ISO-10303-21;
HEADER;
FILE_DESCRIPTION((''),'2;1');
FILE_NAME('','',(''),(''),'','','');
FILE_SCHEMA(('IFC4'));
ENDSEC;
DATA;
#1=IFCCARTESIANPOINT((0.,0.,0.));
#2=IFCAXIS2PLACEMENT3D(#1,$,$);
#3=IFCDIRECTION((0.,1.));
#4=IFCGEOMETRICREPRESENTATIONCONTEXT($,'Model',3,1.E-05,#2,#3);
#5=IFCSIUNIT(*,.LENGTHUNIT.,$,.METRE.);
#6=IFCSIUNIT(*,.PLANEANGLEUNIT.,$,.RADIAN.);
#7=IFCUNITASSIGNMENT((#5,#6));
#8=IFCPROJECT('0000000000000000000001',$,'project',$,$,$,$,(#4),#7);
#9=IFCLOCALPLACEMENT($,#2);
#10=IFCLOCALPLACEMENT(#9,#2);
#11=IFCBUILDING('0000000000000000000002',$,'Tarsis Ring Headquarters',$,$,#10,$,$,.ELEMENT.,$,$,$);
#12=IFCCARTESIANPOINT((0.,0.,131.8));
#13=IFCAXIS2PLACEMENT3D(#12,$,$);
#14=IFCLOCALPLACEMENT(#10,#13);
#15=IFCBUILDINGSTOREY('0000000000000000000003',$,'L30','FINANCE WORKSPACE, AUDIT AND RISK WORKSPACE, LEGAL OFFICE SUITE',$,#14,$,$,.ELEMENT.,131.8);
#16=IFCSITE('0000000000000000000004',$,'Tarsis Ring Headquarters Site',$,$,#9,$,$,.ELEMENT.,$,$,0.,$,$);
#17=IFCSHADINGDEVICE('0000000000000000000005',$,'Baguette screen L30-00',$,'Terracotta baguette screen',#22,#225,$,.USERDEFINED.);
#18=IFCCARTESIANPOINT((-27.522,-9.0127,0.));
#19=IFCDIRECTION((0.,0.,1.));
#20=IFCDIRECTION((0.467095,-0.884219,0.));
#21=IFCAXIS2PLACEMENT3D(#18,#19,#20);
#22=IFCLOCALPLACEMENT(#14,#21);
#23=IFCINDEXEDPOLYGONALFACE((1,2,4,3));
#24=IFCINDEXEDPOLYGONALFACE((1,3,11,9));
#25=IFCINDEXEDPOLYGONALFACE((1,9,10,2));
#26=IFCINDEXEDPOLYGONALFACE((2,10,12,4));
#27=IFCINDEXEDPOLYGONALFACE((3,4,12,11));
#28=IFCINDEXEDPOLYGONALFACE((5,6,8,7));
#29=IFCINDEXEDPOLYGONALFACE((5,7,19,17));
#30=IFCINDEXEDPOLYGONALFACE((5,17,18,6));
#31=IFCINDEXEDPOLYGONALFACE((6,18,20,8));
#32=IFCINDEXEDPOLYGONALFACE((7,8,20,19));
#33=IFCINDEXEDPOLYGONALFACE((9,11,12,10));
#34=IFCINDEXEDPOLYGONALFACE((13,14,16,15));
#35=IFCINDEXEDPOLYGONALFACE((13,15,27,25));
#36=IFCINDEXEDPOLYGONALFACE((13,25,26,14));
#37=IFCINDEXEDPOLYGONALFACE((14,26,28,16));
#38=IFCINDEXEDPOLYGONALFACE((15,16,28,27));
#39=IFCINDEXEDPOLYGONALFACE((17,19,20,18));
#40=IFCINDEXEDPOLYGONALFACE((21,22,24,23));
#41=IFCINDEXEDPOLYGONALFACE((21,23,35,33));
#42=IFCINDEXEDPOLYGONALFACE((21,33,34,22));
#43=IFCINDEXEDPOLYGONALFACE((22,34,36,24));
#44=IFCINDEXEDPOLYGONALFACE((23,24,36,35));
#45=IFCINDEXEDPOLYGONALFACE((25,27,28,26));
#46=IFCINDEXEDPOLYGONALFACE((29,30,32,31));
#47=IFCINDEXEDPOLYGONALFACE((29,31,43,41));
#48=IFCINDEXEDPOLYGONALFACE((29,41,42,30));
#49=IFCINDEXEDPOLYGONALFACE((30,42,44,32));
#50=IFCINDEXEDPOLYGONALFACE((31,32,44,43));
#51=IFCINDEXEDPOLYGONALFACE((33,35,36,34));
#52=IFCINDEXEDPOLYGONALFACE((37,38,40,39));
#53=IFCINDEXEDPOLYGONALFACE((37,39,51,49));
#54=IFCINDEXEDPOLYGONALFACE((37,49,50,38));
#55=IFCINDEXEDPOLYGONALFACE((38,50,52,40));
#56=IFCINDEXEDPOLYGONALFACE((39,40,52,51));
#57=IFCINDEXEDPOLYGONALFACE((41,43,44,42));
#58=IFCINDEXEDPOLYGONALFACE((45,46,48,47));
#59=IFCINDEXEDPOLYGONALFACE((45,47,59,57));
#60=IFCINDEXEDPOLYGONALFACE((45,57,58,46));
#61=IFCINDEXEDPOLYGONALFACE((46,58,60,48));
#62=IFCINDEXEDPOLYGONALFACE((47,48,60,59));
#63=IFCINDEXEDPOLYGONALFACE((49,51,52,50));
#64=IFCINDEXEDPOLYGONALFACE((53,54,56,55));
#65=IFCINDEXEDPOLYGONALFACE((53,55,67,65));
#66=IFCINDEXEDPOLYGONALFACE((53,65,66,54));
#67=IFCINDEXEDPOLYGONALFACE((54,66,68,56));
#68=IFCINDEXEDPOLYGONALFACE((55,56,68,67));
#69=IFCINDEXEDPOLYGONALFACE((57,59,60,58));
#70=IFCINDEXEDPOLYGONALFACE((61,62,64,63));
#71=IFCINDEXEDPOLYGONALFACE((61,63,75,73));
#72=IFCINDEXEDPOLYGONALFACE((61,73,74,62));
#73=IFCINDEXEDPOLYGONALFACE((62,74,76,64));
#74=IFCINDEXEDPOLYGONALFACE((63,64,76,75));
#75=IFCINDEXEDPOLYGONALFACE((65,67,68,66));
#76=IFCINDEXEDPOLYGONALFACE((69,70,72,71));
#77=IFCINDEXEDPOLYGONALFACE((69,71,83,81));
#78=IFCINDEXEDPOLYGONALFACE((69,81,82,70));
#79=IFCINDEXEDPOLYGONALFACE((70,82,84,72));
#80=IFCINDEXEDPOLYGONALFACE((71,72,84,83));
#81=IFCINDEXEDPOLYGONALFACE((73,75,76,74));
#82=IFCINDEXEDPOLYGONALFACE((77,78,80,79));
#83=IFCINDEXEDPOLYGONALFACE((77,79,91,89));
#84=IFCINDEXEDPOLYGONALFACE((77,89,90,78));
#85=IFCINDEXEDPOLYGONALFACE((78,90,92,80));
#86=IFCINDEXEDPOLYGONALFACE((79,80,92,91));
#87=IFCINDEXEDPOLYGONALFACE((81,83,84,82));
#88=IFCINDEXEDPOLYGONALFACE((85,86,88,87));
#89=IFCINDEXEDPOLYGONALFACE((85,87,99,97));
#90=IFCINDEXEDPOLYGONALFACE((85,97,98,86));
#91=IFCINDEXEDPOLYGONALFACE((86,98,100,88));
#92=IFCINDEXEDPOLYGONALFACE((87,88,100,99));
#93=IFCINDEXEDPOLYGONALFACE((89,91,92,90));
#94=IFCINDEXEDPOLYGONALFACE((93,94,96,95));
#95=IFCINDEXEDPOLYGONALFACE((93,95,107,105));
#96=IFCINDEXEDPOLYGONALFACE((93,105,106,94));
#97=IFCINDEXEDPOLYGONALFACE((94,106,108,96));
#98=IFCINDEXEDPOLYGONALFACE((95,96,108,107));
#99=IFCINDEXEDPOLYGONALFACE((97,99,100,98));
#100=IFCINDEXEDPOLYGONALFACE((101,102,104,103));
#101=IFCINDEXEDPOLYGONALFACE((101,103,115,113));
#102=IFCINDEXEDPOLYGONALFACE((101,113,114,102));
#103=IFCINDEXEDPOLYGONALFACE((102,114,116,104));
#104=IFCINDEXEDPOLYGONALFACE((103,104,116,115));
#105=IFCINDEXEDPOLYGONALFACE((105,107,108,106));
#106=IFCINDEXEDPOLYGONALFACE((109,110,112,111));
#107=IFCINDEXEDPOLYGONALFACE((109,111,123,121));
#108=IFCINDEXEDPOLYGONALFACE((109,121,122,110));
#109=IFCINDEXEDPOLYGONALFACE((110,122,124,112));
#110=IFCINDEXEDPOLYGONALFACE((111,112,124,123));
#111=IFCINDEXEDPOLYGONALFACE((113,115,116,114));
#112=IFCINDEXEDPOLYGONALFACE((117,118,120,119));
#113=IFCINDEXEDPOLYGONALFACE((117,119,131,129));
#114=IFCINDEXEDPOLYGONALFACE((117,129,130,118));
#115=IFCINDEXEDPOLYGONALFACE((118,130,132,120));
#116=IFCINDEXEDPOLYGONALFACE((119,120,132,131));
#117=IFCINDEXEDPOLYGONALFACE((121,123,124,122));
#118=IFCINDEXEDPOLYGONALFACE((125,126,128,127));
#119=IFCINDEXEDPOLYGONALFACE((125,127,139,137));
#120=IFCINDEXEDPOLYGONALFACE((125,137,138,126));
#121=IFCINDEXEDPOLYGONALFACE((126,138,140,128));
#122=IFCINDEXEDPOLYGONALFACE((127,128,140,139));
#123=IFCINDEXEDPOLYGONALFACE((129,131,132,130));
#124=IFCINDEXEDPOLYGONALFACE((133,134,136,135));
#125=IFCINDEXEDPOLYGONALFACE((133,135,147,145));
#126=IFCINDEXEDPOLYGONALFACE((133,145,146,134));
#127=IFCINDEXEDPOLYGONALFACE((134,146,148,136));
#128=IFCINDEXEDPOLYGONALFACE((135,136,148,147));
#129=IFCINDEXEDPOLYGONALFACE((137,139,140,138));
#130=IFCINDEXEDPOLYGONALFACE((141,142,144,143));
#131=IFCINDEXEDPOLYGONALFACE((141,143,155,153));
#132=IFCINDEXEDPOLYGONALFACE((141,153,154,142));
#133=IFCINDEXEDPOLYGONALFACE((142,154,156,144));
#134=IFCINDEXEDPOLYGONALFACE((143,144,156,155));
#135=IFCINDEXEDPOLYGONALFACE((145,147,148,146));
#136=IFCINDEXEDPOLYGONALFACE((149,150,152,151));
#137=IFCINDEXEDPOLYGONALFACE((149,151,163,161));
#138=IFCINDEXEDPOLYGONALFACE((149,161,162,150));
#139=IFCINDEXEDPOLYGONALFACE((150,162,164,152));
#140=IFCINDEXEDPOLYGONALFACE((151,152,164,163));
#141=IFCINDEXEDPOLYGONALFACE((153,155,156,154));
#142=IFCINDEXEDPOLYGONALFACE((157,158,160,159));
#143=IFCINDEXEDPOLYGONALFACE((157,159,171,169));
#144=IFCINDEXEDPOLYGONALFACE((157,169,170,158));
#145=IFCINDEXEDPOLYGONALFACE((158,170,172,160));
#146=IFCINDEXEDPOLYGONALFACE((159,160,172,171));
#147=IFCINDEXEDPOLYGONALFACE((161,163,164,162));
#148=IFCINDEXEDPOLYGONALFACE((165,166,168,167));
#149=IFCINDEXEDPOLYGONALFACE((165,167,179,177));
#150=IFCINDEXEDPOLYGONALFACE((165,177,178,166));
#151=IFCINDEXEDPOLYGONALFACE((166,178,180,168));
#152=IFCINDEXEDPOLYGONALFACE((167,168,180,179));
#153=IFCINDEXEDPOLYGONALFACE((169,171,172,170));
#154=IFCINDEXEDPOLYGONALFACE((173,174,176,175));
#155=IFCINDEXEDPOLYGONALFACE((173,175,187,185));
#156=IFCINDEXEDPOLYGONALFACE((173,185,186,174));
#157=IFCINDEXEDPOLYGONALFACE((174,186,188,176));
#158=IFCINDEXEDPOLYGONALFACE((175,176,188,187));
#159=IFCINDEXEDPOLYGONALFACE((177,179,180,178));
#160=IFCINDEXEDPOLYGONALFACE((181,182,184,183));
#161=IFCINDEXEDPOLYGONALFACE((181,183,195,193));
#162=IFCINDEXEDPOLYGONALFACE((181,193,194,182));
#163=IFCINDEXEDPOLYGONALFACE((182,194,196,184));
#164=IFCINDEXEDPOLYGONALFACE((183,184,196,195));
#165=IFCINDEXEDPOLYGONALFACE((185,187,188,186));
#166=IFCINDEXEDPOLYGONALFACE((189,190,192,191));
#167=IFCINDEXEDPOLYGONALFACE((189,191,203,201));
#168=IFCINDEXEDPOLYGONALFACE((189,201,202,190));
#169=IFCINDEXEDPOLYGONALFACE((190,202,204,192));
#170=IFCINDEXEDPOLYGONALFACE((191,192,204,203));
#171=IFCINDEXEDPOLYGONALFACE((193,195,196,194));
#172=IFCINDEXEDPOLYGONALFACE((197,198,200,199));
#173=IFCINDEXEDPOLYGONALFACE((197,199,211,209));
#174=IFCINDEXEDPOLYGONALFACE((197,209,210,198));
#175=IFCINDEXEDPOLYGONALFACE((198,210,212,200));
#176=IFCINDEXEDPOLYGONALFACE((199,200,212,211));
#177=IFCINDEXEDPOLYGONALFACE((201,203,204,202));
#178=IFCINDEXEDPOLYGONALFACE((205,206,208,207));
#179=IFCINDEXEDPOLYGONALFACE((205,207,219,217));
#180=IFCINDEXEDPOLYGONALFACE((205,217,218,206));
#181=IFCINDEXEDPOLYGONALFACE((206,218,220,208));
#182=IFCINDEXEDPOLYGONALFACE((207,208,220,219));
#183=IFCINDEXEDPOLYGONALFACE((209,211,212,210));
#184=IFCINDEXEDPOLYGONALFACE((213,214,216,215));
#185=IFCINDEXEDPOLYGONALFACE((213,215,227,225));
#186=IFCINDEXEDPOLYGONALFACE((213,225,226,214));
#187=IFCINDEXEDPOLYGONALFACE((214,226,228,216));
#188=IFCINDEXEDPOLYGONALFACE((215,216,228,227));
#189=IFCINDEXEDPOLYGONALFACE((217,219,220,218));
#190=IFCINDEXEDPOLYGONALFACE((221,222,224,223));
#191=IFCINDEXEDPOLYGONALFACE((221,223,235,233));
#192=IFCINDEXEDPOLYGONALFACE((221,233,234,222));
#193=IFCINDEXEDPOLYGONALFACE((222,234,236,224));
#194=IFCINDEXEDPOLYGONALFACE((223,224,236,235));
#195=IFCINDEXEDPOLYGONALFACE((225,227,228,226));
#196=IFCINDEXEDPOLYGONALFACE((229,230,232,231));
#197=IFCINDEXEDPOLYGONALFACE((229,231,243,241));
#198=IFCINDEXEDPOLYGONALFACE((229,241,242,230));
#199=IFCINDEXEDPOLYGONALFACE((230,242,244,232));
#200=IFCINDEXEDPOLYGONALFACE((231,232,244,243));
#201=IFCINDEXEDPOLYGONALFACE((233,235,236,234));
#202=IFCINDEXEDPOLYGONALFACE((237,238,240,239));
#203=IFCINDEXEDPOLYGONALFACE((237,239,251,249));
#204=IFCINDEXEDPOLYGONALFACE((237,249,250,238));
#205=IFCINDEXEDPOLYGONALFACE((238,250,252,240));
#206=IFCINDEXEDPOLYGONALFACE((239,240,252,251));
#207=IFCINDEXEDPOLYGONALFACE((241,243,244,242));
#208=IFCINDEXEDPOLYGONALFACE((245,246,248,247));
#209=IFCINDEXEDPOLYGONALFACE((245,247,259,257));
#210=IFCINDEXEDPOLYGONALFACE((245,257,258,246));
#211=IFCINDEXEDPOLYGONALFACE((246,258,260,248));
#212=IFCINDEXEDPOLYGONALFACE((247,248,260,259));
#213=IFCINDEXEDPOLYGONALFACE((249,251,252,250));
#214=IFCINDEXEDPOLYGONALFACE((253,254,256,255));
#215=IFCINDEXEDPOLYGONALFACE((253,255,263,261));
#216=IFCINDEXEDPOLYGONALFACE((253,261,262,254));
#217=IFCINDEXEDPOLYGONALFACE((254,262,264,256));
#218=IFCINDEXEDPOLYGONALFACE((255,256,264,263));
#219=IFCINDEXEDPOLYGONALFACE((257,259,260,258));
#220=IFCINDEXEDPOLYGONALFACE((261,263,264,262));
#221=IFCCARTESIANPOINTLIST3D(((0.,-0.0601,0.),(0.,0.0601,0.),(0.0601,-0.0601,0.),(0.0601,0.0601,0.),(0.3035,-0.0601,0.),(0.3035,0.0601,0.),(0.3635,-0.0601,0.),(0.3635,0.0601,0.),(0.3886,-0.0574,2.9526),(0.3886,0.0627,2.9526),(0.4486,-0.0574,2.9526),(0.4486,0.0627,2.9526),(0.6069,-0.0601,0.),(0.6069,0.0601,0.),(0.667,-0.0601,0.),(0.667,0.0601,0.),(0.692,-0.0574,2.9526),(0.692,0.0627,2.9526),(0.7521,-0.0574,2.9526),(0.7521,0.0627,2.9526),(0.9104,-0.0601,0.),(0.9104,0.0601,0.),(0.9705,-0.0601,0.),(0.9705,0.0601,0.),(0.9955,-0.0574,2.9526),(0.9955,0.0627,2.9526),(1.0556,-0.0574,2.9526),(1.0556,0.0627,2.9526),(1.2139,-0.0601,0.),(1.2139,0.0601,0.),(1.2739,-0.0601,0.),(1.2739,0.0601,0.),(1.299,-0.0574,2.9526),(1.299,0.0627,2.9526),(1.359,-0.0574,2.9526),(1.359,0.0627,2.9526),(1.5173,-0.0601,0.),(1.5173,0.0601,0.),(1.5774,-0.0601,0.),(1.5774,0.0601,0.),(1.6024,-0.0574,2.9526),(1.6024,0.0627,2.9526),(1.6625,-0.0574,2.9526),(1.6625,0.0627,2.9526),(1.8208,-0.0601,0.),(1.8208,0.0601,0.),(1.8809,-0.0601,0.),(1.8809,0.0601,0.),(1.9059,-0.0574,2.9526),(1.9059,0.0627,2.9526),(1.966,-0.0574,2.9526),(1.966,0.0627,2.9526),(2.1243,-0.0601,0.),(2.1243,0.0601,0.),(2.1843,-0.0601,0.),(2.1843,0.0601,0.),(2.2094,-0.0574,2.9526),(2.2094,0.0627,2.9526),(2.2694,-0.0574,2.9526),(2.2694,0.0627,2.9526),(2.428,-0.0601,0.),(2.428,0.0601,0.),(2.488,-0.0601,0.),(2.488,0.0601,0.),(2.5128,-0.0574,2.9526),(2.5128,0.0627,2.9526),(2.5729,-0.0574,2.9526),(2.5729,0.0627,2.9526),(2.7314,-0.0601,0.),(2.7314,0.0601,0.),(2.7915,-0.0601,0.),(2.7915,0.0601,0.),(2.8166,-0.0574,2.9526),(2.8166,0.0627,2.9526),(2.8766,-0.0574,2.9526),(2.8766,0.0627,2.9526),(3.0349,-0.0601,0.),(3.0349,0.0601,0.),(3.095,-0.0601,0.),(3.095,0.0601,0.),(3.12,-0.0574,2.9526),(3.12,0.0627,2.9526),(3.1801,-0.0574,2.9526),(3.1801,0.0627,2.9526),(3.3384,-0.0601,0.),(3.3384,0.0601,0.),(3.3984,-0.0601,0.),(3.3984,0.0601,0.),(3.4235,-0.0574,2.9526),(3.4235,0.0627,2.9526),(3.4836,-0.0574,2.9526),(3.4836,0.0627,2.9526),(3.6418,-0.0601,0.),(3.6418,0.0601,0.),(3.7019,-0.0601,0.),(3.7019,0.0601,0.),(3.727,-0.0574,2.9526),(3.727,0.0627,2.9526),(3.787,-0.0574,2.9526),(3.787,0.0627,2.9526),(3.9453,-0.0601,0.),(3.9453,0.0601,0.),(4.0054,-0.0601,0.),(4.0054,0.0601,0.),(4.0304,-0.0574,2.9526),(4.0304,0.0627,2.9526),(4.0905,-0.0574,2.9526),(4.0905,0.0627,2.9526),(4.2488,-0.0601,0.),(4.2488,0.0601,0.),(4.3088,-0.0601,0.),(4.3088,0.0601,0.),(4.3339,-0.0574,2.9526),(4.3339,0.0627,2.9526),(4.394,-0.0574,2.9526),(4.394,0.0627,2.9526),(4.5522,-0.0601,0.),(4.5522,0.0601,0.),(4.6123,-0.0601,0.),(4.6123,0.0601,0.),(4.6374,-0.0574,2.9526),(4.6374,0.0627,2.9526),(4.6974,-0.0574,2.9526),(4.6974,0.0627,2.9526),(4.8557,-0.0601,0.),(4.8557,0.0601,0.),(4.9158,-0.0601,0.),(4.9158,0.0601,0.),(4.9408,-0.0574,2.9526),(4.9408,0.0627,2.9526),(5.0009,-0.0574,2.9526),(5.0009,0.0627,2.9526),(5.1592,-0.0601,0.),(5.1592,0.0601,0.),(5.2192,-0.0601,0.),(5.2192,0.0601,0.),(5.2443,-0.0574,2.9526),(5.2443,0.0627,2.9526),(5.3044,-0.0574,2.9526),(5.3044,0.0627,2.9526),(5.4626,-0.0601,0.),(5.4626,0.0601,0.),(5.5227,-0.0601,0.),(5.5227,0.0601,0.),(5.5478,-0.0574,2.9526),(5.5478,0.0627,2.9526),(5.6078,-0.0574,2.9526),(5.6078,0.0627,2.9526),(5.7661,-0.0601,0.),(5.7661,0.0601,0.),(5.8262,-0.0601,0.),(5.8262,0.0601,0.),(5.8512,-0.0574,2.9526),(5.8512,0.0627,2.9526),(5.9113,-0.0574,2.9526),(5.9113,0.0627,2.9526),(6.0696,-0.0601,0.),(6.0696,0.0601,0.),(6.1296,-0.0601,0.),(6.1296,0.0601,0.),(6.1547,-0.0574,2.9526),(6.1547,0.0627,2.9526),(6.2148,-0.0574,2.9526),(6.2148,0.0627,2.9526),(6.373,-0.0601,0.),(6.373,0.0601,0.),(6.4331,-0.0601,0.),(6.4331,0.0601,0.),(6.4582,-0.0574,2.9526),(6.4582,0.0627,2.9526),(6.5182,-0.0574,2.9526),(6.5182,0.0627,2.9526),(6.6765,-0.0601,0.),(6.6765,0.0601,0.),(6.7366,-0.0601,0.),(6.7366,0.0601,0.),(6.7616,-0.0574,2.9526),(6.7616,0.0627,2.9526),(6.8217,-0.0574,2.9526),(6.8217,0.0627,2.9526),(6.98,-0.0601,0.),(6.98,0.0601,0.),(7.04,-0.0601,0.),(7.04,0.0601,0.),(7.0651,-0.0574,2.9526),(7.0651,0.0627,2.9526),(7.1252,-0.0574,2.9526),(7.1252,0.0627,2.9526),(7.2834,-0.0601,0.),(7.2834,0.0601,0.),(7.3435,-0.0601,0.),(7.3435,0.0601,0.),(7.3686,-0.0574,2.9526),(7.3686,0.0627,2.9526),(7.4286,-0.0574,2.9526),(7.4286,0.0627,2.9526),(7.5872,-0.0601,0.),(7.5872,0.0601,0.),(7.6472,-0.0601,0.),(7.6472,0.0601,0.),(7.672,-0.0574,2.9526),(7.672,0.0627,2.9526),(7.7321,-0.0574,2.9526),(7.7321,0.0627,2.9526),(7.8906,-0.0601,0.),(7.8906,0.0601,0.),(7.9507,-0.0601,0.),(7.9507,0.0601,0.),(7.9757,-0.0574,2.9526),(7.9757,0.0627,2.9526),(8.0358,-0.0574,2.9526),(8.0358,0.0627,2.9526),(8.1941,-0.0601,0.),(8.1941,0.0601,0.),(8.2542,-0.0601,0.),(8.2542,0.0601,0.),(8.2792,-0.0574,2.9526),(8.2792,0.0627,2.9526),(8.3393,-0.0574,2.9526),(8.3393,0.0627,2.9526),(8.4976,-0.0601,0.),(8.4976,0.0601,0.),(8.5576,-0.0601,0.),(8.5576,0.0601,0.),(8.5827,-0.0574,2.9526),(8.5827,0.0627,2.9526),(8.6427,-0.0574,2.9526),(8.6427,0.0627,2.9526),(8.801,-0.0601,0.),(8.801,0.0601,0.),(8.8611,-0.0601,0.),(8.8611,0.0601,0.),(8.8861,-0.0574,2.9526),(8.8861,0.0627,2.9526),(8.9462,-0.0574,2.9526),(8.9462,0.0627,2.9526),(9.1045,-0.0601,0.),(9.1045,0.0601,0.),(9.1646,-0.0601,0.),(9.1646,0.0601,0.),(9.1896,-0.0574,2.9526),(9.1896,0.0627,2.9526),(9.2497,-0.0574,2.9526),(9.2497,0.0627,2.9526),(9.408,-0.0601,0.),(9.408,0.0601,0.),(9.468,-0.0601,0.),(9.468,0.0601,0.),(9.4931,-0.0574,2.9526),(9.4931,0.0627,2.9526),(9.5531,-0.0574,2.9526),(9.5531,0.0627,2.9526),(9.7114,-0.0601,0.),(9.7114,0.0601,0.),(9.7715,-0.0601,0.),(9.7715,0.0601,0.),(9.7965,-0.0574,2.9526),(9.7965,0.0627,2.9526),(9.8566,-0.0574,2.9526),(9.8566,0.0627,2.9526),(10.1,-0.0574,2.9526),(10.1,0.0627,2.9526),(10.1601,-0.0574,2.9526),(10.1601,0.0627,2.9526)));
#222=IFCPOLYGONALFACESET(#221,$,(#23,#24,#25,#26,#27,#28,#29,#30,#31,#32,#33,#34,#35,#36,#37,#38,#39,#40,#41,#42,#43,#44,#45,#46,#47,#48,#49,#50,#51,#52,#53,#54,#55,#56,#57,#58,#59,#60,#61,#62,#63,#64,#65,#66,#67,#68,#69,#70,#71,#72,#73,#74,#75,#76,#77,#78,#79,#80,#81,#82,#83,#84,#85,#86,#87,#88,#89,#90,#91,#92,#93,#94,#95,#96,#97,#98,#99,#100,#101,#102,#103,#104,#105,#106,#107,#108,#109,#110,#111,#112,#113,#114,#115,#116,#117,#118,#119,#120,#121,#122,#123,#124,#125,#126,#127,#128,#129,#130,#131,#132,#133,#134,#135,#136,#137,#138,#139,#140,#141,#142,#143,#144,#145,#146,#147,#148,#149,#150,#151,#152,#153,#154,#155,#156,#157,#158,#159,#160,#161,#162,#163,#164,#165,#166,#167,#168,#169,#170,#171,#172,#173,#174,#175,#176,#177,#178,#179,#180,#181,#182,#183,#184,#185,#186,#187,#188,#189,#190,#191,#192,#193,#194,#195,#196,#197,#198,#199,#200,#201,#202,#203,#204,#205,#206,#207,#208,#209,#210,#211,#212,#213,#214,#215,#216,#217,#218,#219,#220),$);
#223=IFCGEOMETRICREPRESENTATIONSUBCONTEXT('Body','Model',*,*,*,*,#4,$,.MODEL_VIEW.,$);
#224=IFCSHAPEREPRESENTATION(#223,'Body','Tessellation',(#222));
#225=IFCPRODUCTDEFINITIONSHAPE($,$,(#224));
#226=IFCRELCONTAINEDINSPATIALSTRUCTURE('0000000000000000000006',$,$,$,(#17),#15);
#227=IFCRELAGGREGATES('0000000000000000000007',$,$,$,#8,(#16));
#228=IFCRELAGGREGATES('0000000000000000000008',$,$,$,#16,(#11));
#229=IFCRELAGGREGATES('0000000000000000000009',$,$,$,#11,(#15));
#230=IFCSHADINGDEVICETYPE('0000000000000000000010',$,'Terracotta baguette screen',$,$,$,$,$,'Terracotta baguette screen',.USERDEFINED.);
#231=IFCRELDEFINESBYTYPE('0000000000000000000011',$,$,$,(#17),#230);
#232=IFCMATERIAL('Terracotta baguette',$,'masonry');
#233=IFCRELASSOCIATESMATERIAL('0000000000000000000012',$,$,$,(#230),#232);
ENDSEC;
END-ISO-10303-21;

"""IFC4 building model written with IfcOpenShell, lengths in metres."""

from ifc_helpers import new_model, si_unit, direction, frame, frame_2d, origin, place, context, subcontext, project, spatial, rectangle, composite_profile, extrude, material, type_object, element, save


model = new_model("IFC4")

# Units and contexts
model_context = context("Model", 3, precision=1e-05, world=origin(), true_north=direction((0.0, 1.0)))
body_context = subcontext(model_context, "Body", "Model", "MODEL_VIEW")
ifc_project = project(units=[si_unit("LENGTHUNIT", "METRE"), si_unit("PLANEANGLEUNIT", "RADIAN")], contexts=[model_context])

# Site, building, storey
site_placement = place(None, origin())
site = spatial("IfcSite", under=ifc_project, at=site_placement, Name="Tarsis Ring Headquarters Site", CompositionType="ELEMENT", RefElevation=0.0)
building_placement = place(site_placement, origin())
building = spatial("IfcBuilding", under=site, at=building_placement, Name="Tarsis Ring Headquarters", CompositionType="ELEMENT")
storey_placement = place(building_placement, frame((0.0, 0.0, 131.8)))
storey = spatial("IfcBuildingStorey", under=building, at=storey_placement, Name="L30", Description="FINANCE WORKSPACE, AUDIT AND RISK WORKSPACE, LEGAL OFFICE SUITE", CompositionType="ELEMENT", Elevation=131.8)

# Shading device
ifc_material_1 = material(Name="Terracotta baguette", Category="masonry")
shading_device_type = type_object("IfcShadingDeviceType", Name="Terracotta baguette screen", ElementType="Terracotta baguette screen", PredefinedType="USERDEFINED", material=ifc_material_1)
shading_device_placement = place(storey_placement, frame((-27.522, -9.0127, 0.0), z_axis=(0.0, 0.0, 1.0), x_axis=(0.467095, -0.884219, 0.0)))
element("IfcShadingDevice", 1, at=shading_device_placement, inside=storey, type_object=shading_device_type, Name="Baguette screen L30-00", ObjectType="Terracotta baguette screen", PredefinedType="USERDEFINED", context=body_context, shape_type="SweptSolid", body=[
    extrude(composite_profile([rectangle(XDim=0.0601, YDim=0.1201, at=frame_2d((0.03, 0.0))), rectangle(XDim=0.0601, YDim=0.1201, at=frame_2d((0.3335, 0.0))), rectangle(XDim=0.0601, YDim=0.1201, at=frame_2d((0.637, 0.0))), rectangle(XDim=0.0601, YDim=0.1201, at=frame_2d((0.9404, 0.0))), rectangle(XDim=0.0601, YDim=0.1201, at=frame_2d((1.2439, 0.0))), rectangle(XDim=0.0601, YDim=0.1201, at=frame_2d((1.5474, 0.0))), rectangle(XDim=0.0601, YDim=0.1201, at=frame_2d((1.8508, 0.0))), rectangle(XDim=0.0601, YDim=0.1201, at=frame_2d((2.1543, 0.0))), rectangle(XDim=0.0601, YDim=0.1201, at=frame_2d((2.458, 0.0))), rectangle(XDim=0.0601, YDim=0.1201, at=frame_2d((2.7615, 0.0))), rectangle(XDim=0.0601, YDim=0.1201, at=frame_2d((3.0649, 0.0))), rectangle(XDim=0.0601, YDim=0.1201, at=frame_2d((3.3684, 0.0))), rectangle(XDim=0.0601, YDim=0.1201, at=frame_2d((3.6719, 0.0))), rectangle(XDim=0.0601, YDim=0.1201, at=frame_2d((3.9753, 0.0))), rectangle(XDim=0.0601, YDim=0.1201, at=frame_2d((4.2788, 0.0))), rectangle(XDim=0.0601, YDim=0.1201, at=frame_2d((4.5823, 0.0))), rectangle(XDim=0.0601, YDim=0.1201, at=frame_2d((4.8857, 0.0))), rectangle(XDim=0.0601, YDim=0.1201, at=frame_2d((5.1892, 0.0))), rectangle(XDim=0.0601, YDim=0.1201, at=frame_2d((5.4927, 0.0))), rectangle(XDim=0.0601, YDim=0.1201, at=frame_2d((5.7961, 0.0))), rectangle(XDim=0.0601, YDim=0.1201, at=frame_2d((6.0996, 0.0))), rectangle(XDim=0.0601, YDim=0.1201, at=frame_2d((6.4031, 0.0))), rectangle(XDim=0.0601, YDim=0.1201, at=frame_2d((6.7065, 0.0))), rectangle(XDim=0.0601, YDim=0.1201, at=frame_2d((7.01, 0.0))), rectangle(XDim=0.0601, YDim=0.1201, at=frame_2d((7.3135, 0.0))), rectangle(XDim=0.0601, YDim=0.1201, at=frame_2d((7.6172, 0.0))), rectangle(XDim=0.0601, YDim=0.1201, at=frame_2d((7.9207, 0.0))), rectangle(XDim=0.0601, YDim=0.1201, at=frame_2d((8.2241, 0.0))), rectangle(XDim=0.0601, YDim=0.1201, at=frame_2d((8.5276, 0.0))), rectangle(XDim=0.0601, YDim=0.1201, at=frame_2d((8.8311, 0.0))), rectangle(XDim=0.0601, YDim=0.1201, at=frame_2d((9.1345, 0.0))), rectangle(XDim=0.0601, YDim=0.1201, at=frame_2d((9.438, 0.0))), rectangle(XDim=0.0601, YDim=0.1201, at=frame_2d((9.7415, 0.0)))]), origin(), (0.130482, 0.000887, 0.99145), 2.978),
])

save(model, "model.ifc")
